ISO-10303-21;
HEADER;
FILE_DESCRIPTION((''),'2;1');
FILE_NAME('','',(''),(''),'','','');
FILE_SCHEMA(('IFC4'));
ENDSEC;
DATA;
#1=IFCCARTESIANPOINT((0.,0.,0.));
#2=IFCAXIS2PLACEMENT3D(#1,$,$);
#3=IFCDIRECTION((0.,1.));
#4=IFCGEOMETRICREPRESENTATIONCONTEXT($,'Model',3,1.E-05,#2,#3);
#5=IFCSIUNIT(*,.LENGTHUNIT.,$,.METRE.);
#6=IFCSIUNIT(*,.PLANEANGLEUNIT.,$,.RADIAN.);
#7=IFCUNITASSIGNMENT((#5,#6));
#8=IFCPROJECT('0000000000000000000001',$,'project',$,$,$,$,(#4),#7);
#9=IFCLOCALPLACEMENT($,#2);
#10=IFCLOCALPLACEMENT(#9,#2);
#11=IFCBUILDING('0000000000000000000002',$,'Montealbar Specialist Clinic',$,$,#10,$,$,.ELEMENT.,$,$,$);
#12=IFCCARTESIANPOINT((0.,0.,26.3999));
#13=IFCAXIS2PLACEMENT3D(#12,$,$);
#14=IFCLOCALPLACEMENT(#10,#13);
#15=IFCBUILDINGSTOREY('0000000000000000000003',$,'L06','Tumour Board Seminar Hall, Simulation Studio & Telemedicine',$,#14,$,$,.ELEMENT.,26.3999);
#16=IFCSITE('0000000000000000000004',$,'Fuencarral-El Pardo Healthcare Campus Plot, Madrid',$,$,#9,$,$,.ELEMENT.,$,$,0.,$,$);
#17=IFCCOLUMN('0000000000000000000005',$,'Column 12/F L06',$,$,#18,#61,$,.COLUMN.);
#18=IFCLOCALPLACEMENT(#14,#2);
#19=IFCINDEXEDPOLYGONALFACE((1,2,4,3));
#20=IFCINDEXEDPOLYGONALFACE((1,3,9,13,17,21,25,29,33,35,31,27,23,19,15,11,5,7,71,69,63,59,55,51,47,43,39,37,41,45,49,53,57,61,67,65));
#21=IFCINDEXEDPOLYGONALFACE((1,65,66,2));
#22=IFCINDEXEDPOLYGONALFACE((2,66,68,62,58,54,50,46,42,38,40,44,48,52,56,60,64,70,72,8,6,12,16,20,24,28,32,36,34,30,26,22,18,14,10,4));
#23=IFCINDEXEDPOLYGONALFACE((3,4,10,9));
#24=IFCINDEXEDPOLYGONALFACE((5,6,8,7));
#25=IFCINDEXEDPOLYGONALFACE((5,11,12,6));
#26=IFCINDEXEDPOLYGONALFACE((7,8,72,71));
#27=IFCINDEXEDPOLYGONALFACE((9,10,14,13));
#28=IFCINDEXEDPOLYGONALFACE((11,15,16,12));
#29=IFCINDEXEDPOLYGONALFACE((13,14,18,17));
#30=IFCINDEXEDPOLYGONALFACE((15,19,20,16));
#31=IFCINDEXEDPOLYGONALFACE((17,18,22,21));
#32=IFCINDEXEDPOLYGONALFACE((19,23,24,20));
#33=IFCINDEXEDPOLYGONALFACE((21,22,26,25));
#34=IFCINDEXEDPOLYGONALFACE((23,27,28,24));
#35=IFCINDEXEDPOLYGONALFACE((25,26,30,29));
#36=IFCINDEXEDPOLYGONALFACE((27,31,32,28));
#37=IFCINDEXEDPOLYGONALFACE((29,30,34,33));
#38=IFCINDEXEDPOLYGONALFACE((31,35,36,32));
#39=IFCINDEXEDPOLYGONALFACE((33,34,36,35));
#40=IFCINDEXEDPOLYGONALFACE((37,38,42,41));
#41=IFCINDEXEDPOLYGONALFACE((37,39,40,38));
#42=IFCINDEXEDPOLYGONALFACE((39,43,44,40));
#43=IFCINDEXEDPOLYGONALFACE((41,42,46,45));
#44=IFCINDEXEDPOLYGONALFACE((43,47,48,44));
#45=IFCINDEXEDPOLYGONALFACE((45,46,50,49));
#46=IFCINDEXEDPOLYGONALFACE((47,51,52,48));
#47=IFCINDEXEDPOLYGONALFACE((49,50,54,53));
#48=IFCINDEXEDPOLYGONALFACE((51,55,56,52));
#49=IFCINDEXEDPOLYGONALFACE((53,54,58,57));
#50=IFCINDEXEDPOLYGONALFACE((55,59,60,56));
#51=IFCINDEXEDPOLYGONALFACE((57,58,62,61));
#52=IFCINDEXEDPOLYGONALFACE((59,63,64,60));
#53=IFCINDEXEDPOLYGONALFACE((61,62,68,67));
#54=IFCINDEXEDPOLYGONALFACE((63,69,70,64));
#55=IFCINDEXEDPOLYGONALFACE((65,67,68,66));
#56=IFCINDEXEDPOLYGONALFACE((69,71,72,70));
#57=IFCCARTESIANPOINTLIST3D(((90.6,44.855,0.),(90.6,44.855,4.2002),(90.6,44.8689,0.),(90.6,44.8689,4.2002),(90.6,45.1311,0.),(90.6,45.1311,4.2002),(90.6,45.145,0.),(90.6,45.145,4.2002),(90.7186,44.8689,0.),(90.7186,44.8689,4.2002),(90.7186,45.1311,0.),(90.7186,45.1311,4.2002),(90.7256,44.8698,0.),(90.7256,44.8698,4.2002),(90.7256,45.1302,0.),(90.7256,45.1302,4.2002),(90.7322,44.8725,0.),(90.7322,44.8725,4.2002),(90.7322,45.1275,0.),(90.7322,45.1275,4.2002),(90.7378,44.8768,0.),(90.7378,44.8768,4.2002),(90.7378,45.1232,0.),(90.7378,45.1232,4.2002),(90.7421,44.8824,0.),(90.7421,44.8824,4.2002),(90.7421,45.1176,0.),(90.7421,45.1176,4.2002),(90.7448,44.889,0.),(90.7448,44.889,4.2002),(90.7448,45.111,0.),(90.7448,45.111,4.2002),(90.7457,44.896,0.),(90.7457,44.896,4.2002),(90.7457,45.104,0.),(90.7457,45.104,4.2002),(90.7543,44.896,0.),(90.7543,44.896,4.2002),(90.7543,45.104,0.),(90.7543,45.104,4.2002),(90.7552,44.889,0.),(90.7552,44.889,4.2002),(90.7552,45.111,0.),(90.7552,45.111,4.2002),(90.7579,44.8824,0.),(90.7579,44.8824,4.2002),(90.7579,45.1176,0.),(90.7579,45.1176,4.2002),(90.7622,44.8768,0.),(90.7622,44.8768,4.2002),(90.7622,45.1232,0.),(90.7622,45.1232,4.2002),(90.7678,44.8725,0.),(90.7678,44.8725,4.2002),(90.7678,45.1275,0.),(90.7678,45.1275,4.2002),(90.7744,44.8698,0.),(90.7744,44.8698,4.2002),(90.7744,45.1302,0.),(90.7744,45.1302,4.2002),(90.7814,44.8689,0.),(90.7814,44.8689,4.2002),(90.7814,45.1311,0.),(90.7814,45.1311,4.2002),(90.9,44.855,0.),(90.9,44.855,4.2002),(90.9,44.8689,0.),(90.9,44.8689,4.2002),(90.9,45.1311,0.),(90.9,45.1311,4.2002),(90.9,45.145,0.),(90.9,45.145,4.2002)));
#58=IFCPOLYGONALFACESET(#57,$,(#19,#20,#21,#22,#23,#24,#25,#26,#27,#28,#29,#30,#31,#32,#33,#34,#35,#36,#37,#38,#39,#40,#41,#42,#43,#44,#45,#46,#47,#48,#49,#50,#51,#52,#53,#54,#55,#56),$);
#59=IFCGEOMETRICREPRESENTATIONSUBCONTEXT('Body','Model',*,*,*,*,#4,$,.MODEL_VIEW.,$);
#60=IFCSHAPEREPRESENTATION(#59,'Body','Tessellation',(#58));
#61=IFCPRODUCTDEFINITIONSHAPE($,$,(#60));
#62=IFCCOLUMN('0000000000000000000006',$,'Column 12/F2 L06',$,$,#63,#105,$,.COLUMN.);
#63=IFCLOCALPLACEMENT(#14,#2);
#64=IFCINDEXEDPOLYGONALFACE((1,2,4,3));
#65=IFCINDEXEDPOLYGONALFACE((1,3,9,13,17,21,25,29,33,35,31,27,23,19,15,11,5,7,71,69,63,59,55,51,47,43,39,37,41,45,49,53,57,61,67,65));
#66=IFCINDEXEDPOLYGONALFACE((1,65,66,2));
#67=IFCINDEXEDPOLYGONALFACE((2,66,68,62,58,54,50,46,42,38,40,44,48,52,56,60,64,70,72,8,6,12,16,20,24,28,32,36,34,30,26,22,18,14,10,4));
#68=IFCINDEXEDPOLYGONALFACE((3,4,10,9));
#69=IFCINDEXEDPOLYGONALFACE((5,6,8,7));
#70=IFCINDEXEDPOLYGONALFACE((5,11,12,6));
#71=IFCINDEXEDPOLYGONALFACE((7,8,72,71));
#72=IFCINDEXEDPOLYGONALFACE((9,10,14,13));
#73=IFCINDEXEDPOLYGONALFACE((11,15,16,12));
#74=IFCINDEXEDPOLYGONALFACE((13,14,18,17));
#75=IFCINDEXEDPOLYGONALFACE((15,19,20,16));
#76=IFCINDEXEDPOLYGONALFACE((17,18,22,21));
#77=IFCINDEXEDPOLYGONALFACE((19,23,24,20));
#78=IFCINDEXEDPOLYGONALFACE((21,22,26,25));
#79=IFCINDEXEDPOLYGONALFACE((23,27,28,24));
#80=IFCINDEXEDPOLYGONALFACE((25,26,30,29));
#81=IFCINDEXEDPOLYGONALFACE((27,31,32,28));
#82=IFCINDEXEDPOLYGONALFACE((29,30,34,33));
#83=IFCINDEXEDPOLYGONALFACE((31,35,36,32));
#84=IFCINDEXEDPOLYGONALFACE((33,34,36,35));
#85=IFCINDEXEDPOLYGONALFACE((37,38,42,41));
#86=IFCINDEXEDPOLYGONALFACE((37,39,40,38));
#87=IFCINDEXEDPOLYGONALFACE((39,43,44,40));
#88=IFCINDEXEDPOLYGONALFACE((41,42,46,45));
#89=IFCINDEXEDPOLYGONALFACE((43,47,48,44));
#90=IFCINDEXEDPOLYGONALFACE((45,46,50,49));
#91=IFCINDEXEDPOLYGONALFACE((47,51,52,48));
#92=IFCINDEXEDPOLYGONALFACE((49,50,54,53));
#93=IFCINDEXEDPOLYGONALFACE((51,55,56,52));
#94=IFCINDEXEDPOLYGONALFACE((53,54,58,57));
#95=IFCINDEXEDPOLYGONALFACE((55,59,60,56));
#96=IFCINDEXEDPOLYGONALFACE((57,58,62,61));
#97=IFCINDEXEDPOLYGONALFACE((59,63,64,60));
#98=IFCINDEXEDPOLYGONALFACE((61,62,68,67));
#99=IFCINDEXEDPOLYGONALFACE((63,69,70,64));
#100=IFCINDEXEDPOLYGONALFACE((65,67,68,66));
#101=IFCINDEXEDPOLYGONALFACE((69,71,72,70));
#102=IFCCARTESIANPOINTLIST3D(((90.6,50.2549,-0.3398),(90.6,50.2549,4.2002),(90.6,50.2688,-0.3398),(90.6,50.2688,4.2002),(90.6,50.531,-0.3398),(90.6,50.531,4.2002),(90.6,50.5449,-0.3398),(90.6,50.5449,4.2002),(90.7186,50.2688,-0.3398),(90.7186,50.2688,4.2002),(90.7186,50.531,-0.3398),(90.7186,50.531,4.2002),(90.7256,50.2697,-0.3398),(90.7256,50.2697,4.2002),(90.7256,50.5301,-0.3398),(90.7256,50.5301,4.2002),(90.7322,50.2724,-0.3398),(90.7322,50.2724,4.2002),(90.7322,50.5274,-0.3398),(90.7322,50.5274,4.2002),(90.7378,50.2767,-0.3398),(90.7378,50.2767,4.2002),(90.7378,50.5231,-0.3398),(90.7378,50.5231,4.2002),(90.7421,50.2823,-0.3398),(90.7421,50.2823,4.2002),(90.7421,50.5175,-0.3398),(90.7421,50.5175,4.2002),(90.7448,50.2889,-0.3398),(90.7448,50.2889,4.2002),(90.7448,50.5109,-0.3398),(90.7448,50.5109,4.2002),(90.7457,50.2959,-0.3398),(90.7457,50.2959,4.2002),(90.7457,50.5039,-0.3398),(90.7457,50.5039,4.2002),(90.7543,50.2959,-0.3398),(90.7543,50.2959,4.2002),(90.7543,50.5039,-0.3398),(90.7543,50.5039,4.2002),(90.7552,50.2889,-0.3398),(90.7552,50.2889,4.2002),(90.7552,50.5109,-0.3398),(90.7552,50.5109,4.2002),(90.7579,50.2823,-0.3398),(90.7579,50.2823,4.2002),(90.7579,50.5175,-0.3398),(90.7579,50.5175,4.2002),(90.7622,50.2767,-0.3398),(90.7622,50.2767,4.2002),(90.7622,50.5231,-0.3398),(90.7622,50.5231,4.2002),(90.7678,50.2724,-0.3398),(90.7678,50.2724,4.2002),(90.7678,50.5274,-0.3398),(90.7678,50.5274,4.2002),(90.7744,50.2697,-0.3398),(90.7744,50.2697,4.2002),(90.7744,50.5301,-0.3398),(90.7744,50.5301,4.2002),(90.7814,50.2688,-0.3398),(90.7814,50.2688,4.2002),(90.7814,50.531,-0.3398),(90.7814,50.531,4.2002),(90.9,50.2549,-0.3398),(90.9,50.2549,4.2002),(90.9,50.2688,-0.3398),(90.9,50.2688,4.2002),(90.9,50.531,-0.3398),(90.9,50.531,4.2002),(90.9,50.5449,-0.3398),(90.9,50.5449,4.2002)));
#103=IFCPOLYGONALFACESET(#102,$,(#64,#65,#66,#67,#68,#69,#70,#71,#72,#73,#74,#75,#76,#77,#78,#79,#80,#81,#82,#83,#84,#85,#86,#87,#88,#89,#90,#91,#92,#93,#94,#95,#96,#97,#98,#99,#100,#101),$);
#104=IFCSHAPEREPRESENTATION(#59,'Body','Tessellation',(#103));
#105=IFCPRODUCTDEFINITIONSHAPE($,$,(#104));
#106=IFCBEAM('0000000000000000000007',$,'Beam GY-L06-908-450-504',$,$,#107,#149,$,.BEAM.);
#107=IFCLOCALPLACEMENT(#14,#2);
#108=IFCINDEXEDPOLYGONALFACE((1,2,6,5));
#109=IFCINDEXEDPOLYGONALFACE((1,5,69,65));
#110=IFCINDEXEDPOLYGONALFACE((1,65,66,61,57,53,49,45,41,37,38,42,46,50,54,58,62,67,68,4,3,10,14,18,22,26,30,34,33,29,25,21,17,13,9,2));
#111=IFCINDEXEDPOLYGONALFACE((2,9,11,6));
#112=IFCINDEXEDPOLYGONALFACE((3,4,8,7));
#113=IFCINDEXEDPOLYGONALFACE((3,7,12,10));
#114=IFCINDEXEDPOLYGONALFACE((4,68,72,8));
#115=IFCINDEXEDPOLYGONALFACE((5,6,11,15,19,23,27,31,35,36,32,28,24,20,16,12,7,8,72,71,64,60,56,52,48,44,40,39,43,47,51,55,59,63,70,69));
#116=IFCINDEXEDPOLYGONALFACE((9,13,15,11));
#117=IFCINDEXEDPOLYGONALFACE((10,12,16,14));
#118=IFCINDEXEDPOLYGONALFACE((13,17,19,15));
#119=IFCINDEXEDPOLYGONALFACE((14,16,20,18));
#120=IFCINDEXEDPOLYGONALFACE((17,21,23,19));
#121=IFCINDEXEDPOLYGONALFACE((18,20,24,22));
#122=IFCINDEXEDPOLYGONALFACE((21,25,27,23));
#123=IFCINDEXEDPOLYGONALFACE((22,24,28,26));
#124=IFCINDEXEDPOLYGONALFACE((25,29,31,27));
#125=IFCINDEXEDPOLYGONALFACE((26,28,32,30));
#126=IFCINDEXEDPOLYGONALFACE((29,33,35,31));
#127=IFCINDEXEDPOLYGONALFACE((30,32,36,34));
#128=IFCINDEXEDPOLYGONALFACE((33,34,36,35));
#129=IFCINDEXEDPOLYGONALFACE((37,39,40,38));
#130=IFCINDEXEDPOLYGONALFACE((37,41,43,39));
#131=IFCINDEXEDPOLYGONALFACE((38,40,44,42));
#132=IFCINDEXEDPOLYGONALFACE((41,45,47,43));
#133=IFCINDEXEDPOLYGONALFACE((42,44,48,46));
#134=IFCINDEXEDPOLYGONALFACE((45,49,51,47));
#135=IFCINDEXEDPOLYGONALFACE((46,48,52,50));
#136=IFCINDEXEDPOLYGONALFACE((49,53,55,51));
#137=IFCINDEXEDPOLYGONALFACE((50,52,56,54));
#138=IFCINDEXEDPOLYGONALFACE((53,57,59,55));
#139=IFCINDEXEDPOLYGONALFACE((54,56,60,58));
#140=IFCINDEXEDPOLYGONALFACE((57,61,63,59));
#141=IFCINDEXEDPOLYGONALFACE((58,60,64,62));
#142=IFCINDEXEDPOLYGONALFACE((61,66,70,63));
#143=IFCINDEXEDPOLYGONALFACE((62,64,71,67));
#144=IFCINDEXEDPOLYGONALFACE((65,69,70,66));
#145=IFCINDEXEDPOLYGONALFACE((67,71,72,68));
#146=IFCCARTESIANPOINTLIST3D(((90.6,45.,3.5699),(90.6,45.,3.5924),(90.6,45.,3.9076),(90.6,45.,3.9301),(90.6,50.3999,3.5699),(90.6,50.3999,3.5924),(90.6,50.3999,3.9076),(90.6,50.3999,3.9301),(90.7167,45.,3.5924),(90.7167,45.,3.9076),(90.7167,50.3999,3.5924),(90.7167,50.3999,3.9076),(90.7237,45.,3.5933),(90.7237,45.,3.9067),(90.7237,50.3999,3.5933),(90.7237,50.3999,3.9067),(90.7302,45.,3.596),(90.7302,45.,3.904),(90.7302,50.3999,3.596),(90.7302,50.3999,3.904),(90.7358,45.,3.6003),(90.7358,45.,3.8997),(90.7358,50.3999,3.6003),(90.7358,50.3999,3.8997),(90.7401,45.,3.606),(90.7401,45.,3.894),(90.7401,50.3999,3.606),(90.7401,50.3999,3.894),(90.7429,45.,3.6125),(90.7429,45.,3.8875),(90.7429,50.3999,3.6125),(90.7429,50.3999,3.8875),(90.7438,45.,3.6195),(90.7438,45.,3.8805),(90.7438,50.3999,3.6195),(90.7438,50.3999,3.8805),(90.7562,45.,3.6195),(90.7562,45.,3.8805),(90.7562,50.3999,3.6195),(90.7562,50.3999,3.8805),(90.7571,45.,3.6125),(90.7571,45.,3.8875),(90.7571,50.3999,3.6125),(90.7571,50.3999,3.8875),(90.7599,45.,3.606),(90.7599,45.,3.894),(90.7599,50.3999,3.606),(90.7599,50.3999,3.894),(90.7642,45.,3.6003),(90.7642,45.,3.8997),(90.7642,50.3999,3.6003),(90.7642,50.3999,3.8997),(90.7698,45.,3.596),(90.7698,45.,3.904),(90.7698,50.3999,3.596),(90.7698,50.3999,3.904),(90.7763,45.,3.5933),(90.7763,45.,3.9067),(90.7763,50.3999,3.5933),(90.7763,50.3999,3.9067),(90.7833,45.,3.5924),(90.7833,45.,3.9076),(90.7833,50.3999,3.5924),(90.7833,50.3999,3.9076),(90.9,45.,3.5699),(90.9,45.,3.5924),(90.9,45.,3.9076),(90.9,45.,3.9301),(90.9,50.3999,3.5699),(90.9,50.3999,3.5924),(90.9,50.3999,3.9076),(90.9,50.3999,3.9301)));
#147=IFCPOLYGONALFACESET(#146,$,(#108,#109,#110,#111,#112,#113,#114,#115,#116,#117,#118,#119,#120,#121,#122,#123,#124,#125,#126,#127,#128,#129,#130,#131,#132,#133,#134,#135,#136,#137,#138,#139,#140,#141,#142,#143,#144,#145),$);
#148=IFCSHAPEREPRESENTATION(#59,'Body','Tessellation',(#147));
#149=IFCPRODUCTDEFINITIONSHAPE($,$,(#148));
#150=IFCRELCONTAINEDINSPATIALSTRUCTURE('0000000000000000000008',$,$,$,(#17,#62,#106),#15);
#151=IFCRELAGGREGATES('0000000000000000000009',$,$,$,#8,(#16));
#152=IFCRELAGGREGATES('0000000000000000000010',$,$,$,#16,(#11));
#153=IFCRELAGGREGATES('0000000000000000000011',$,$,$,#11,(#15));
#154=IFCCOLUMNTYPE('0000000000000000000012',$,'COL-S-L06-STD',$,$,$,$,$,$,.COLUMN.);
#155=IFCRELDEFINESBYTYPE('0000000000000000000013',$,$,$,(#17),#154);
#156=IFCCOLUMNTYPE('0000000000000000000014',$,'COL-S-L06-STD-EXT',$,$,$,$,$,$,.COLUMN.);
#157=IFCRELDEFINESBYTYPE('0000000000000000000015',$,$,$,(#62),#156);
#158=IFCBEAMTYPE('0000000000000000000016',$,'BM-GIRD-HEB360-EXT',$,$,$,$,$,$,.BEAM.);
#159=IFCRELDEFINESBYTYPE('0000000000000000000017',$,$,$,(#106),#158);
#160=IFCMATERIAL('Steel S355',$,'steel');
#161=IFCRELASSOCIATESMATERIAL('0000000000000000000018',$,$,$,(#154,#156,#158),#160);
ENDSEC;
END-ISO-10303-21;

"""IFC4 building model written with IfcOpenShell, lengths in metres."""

from ifc_helpers import new_model, si_unit, direction, frame, origin, origin_2d, place, context, subcontext, project, spatial, i_section, extrude, material, material_profile, profile_set, type_object, element, save


model = new_model("IFC4")

# Units and contexts
model_context = context("Model", 3, precision=1e-05, world=origin(), true_north=direction((0.0, 1.0)))
body_context = subcontext(model_context, "Body", "Model", "MODEL_VIEW")
ifc_project = project(units=[si_unit("LENGTHUNIT", "METRE"), si_unit("PLANEANGLEUNIT", "RADIAN")], contexts=[model_context])

# Site, building, storey
site_placement = place(None, origin())
site = spatial("IfcSite", under=ifc_project, at=site_placement, Name="Fuencarral-El Pardo Healthcare Campus Plot, Madrid", CompositionType="ELEMENT", RefElevation=0.0)
building_placement = place(site_placement, origin())
building = spatial("IfcBuilding", under=site, at=building_placement, Name="Montealbar Specialist Clinic", CompositionType="ELEMENT")
storey_placement = place(building_placement, frame((0.0, 0.0, 26.3999)))
storey = spatial("IfcBuildingStorey", under=building, at=storey_placement, Name="L06", Description="Tumour Board Seminar Hall, Simulation Studio & Telemedicine", CompositionType="ELEMENT", Elevation=26.3999)

# Columns
ifc_material_1 = material(Name="Steel S355", Category="steel")
ifc_material_profile_1 = material_profile(ifc_material_1, i_section(OverallWidth=0.3, OverallDepth=0.29, WebThickness=0.0085, FlangeThickness=0.0139, FilletRadius=0.0271, at=origin_2d()), Name="HEA 300", Category="steel")
ifc_profile_set_1 = profile_set([ifc_material_profile_1], Name="Steel S355")
column_type_1 = type_object("IfcColumnType", Name="COL-S-L06-STD", PredefinedType="COLUMN", material=ifc_profile_set_1)
column_1_placement = place(storey_placement, frame((90.75, 45.0, 0.0), z_axis=(0.0, 0.0, 1.0), x_axis=(1.0, 0.0, 0.0)))
element("IfcColumn", 1, at=column_1_placement, inside=storey, type_object=column_type_1, Name="Column 12/F L06", PredefinedType="COLUMN", context=body_context, shape_type="SweptSolid", body=[
    extrude(i_section(OverallWidth=0.3, OverallDepth=0.29, WebThickness=0.0085, FlangeThickness=0.0139, FilletRadius=0.0271, at=origin_2d()), origin(), (0.0, 0.0, 1.0), 4.2002),
])
ifc_material_profile_2 = material_profile(ifc_material_1, i_section(OverallWidth=0.3, OverallDepth=0.29, WebThickness=0.0085, FlangeThickness=0.0139, FilletRadius=0.0271, at=origin_2d()), Name="HEA 300", Category="steel")
ifc_profile_set_2 = profile_set([ifc_material_profile_2], Name="Steel S355")
column_type_2 = type_object("IfcColumnType", Name="COL-S-L06-STD-EXT", PredefinedType="COLUMN", material=ifc_profile_set_2)
column_2_placement = place(storey_placement, frame((90.75, 50.3999, -0.3398), z_axis=(0.0, 0.0, 1.0), x_axis=(1.0, 0.0, 0.0)))
element("IfcColumn", 2, at=column_2_placement, inside=storey, type_object=column_type_2, Name="Column 12/F2 L06", PredefinedType="COLUMN", context=body_context, shape_type="SweptSolid", body=[
    extrude(i_section(OverallWidth=0.3, OverallDepth=0.29, WebThickness=0.0085, FlangeThickness=0.0139, FilletRadius=0.0271, at=origin_2d()), origin(), (0.0, 0.0, 1.0), 4.54),
])

# Beam
ifc_material_profile_3 = material_profile(ifc_material_1, i_section(OverallWidth=0.3, OverallDepth=0.3601, WebThickness=0.0125, FlangeThickness=0.0225, FilletRadius=0.0271, at=origin_2d()), Name="HEB 360", Category="steel")
ifc_profile_set_3 = profile_set([ifc_material_profile_3], Name="Steel S355")
beam_type_1 = type_object("IfcBeamType", Name="BM-GIRD-HEB360-EXT", PredefinedType="BEAM", material=ifc_profile_set_3)
beam_1_placement = place(storey_placement, frame((90.75, 45.0, 3.75), z_axis=(0.0, 1.0, 0.0), x_axis=(-1.0, 0.0, 0.0)))
element("IfcBeam", 3, at=beam_1_placement, inside=storey, type_object=beam_type_1, Name="Beam GY-L06-908-450-504", PredefinedType="BEAM", context=body_context, shape_type="SweptSolid", body=[
    extrude(i_section(OverallWidth=0.3, OverallDepth=0.3601, WebThickness=0.0125, FlangeThickness=0.0225, FilletRadius=0.0271, at=origin_2d()), origin(), (0.0, 0.0, 1.0), 5.3999),
])

save(model, "model.ifc")
